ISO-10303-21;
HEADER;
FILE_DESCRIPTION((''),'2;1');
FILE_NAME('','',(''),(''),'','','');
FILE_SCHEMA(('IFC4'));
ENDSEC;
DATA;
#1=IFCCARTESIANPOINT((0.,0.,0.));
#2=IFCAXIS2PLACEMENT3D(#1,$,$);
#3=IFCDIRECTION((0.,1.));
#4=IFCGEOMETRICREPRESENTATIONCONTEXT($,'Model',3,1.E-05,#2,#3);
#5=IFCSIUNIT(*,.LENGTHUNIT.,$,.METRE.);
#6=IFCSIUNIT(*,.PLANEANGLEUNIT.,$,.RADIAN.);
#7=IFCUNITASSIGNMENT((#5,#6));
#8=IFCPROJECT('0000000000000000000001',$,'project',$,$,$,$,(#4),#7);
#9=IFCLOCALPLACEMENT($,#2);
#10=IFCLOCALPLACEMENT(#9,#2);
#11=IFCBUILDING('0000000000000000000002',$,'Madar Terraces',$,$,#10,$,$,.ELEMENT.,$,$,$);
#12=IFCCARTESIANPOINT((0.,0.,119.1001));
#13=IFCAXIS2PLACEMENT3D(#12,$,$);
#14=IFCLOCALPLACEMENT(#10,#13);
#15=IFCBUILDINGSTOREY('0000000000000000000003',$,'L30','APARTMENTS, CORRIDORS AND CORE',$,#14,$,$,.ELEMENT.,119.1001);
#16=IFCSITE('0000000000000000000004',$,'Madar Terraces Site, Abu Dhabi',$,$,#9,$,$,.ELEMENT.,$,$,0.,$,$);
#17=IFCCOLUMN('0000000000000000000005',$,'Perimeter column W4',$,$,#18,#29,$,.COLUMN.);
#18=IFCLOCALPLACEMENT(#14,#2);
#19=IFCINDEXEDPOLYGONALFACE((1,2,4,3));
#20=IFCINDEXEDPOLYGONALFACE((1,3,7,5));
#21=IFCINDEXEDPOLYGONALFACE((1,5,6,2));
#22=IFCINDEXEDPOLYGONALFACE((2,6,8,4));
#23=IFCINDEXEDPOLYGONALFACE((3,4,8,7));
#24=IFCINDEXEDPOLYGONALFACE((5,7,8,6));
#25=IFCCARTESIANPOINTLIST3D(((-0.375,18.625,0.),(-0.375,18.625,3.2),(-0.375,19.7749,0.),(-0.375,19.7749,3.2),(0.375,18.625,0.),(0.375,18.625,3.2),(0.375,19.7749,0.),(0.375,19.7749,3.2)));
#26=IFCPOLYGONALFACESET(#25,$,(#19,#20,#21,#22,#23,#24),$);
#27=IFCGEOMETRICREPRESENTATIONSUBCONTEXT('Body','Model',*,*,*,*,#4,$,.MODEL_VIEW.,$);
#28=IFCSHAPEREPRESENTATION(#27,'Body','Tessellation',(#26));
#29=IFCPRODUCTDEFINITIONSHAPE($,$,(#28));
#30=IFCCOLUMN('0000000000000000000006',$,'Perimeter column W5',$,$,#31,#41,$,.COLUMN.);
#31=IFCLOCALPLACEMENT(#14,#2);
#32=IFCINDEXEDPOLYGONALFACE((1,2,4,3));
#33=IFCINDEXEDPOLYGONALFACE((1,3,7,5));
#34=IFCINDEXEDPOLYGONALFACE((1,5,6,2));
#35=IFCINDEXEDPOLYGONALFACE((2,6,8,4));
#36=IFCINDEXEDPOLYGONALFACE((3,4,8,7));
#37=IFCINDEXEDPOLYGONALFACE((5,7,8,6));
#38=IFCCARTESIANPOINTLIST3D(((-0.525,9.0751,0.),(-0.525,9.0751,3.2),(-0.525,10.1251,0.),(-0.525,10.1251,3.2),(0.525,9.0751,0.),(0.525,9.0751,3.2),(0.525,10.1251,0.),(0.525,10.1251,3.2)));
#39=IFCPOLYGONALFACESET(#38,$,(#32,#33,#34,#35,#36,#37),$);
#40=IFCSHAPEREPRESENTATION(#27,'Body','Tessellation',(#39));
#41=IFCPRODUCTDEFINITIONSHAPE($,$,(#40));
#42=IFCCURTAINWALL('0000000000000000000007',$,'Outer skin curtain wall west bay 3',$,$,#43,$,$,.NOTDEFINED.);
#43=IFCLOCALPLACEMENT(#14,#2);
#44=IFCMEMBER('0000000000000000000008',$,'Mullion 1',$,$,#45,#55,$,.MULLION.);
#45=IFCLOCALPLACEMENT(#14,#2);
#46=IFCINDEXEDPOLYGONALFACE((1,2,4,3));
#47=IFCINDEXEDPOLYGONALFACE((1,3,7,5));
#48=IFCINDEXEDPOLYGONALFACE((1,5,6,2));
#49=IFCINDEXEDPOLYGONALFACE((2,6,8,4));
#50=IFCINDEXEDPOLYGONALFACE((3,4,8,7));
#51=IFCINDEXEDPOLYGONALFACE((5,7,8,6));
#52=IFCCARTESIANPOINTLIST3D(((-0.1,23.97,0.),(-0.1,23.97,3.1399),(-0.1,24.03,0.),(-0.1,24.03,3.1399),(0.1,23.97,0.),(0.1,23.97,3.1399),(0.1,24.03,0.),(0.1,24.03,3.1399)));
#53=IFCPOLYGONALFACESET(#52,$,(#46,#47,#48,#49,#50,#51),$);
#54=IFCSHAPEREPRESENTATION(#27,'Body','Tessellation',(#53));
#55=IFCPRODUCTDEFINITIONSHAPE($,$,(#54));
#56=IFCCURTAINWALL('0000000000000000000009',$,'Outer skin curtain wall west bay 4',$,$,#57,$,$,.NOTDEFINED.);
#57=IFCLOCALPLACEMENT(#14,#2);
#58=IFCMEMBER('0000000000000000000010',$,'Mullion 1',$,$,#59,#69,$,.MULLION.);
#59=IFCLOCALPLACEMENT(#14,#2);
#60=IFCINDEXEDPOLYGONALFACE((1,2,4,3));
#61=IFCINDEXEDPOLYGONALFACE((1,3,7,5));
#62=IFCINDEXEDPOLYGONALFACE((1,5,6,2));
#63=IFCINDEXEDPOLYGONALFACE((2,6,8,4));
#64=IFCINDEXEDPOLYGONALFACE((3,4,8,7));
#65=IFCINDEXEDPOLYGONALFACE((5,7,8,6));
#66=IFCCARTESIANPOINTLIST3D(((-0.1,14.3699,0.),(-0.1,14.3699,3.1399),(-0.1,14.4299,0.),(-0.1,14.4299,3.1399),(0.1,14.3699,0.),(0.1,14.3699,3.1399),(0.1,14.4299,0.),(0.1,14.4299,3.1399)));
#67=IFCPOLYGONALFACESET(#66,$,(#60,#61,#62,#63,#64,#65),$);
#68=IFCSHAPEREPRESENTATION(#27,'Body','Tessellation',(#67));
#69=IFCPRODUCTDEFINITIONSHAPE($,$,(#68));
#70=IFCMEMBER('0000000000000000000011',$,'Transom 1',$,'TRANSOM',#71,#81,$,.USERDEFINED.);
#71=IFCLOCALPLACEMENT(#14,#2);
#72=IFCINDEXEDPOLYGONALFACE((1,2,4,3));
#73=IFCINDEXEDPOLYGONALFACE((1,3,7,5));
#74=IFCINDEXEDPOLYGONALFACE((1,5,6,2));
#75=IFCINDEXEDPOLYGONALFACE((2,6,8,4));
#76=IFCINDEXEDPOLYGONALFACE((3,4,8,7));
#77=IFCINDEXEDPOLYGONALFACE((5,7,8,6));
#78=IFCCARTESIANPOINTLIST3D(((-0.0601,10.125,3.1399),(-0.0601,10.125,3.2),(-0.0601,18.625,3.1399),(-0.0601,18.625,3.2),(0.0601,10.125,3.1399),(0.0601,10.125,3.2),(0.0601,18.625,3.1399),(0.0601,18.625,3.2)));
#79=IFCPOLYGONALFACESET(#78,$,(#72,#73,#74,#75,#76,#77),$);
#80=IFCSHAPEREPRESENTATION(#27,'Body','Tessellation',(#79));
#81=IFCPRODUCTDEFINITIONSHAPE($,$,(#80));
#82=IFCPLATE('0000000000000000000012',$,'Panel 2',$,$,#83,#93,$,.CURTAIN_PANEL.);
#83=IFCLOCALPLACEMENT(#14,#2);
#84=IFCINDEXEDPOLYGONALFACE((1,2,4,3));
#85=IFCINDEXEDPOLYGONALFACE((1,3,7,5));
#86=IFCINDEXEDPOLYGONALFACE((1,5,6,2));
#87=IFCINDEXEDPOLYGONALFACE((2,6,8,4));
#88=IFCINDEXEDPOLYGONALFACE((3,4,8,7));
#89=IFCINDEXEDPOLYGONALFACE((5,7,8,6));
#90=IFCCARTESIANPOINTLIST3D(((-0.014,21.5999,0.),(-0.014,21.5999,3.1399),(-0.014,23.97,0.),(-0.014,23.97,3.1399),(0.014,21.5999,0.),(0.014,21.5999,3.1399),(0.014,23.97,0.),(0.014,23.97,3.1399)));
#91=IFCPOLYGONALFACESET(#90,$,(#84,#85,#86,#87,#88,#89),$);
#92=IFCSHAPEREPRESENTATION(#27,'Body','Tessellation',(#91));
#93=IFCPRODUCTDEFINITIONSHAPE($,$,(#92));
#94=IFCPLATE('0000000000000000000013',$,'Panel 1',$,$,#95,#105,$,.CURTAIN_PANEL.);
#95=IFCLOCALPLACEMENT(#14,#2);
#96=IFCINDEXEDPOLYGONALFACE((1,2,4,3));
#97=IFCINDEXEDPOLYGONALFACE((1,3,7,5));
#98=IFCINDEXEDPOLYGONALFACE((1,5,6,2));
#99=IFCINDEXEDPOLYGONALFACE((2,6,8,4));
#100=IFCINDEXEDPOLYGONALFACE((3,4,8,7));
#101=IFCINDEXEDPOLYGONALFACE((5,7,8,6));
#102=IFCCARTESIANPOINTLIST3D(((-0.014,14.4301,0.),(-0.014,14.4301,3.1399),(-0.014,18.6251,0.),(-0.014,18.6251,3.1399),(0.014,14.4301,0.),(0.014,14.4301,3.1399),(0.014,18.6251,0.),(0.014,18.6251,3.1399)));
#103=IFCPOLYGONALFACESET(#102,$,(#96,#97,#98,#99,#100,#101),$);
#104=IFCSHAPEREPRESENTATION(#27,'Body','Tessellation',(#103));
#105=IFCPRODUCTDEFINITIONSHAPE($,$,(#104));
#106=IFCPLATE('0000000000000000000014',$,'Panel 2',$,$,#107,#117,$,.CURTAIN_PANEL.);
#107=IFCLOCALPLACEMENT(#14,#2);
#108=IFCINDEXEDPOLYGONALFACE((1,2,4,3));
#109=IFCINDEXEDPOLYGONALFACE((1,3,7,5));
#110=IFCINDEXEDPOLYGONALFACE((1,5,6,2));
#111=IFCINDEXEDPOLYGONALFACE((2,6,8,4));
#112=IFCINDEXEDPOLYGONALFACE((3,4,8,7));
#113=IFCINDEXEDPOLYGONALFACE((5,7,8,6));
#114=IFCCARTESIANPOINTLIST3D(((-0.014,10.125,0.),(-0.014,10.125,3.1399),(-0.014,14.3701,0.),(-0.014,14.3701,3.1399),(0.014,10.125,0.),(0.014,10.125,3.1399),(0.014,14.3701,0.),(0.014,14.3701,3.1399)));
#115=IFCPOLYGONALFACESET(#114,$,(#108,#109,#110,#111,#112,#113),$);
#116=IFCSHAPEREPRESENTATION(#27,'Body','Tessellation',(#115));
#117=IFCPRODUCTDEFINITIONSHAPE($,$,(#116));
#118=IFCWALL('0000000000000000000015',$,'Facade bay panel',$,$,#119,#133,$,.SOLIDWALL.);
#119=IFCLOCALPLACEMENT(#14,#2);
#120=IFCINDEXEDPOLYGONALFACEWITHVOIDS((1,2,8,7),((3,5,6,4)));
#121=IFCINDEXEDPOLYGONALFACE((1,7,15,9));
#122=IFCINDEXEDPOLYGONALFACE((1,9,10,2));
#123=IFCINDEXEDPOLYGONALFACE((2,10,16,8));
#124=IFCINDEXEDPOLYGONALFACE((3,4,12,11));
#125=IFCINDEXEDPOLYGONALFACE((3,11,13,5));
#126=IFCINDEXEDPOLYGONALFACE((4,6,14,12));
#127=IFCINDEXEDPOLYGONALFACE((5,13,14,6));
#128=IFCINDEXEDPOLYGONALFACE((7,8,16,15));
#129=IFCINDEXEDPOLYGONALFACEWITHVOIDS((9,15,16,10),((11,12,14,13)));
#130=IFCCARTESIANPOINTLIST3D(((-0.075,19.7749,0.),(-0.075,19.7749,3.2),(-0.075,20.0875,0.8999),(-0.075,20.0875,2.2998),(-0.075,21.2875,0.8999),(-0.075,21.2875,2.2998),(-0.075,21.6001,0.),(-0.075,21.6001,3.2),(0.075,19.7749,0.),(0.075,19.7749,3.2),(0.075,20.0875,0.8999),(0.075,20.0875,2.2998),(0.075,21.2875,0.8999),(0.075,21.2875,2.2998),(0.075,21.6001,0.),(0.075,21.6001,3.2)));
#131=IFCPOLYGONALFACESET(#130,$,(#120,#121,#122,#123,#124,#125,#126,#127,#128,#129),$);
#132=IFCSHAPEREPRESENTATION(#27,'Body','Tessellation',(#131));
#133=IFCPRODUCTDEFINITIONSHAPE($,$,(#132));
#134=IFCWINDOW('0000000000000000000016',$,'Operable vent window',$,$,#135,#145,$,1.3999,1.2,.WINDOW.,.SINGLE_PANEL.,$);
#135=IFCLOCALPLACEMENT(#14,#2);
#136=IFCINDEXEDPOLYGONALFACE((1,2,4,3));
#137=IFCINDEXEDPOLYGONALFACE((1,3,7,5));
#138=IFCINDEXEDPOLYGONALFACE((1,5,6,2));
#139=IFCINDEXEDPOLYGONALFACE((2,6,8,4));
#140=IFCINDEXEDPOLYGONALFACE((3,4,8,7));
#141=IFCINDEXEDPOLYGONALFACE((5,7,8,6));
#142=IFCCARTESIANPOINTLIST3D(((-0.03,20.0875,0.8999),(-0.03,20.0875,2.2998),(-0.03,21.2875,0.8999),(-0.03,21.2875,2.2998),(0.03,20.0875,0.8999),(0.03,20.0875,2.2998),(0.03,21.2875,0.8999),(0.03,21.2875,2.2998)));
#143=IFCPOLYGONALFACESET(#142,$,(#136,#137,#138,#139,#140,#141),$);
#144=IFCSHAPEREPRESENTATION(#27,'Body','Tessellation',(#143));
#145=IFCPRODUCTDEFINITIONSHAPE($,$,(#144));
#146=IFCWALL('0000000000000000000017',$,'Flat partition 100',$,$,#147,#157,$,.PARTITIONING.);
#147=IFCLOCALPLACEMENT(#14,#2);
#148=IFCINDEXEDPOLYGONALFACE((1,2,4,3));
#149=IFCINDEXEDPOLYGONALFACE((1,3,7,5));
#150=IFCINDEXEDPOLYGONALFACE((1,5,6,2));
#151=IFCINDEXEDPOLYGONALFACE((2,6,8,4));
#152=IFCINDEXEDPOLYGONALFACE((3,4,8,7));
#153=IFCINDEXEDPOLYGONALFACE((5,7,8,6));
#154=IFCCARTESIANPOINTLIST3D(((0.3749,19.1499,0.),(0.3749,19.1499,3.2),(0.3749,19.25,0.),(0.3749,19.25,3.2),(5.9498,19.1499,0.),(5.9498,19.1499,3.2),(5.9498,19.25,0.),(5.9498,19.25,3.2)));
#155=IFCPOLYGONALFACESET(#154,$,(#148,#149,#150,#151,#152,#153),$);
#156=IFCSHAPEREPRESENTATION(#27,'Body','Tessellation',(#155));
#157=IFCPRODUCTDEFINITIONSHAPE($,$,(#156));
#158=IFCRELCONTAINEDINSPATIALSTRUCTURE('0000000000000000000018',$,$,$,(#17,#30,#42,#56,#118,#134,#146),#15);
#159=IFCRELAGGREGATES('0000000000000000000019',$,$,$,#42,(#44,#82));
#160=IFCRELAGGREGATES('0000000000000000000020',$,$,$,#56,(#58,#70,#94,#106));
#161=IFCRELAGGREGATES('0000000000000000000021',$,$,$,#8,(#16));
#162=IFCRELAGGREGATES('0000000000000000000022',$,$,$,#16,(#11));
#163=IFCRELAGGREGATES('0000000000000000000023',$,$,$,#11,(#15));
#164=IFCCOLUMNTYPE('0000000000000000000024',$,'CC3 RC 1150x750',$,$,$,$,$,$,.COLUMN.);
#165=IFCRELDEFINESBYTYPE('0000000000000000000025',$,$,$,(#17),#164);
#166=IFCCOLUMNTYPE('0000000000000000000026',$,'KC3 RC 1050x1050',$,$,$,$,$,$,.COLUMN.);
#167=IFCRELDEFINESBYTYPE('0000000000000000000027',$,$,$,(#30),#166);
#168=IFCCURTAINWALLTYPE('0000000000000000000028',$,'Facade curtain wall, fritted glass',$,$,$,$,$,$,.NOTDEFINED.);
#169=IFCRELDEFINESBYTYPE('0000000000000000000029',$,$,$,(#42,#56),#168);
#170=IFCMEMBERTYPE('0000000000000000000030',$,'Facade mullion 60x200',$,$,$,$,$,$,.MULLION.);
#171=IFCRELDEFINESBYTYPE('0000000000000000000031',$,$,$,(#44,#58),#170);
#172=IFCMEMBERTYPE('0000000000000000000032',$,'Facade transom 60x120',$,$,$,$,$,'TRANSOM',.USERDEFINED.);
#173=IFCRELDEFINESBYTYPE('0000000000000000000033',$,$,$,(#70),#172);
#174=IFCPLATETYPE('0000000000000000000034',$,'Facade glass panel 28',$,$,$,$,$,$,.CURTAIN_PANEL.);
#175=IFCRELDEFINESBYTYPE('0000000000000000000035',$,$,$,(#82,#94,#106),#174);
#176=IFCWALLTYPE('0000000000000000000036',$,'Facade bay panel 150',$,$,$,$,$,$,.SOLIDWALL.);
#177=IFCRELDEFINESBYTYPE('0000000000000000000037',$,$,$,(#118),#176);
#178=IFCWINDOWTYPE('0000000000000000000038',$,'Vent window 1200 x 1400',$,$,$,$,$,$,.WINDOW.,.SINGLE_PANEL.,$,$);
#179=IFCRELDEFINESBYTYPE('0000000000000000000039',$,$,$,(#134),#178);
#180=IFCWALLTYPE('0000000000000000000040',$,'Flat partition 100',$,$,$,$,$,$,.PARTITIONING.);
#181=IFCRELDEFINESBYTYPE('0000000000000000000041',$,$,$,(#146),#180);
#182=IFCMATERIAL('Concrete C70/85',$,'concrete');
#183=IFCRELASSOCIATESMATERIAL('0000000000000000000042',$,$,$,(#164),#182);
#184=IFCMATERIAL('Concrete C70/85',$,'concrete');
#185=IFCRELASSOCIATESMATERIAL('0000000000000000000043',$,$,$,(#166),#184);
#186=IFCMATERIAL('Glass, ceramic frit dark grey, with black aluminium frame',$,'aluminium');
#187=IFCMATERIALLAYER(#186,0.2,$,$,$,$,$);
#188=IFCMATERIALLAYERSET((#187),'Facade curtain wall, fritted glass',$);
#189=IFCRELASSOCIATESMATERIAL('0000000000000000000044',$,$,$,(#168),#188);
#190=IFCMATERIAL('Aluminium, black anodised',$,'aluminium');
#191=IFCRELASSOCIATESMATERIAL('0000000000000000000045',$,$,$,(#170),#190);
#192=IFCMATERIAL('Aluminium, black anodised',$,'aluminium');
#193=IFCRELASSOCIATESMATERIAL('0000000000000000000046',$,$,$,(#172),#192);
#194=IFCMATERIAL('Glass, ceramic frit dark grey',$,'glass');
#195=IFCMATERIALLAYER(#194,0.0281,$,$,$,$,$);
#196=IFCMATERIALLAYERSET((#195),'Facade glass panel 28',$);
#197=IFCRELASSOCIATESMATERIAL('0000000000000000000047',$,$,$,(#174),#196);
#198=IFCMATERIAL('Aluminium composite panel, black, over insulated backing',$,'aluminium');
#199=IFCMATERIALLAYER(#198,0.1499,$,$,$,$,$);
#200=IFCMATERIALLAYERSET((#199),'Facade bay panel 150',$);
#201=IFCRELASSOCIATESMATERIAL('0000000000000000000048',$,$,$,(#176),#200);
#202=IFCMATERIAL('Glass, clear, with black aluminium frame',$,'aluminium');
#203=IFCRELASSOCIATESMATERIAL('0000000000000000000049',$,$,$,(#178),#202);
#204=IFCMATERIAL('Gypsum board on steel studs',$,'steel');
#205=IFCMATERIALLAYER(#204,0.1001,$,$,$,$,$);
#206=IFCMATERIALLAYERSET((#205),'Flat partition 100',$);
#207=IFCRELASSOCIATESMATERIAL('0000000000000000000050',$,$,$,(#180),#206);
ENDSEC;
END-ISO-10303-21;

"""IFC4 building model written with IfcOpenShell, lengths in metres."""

from ifc_helpers import new_model, si_unit, direction, frame, frame_2d, origin, origin_2d, place, context, subcontext, project, spatial, rectangle, extrude, material, layer, layer_set, material_profile, profile_set, type_object, element, fill, aggregate, save


model = new_model("IFC4")

# Units and contexts
model_context = context("Model", 3, precision=1e-05, world=origin(), true_north=direction((0.0, 1.0)))
body_context = subcontext(model_context, "Body", "Model", "MODEL_VIEW")
ifc_project = project(units=[si_unit("LENGTHUNIT", "METRE"), si_unit("PLANEANGLEUNIT", "RADIAN")], contexts=[model_context])

# Site, building, storey
site_placement = place(None, origin())
site = spatial("IfcSite", under=ifc_project, at=site_placement, Name="Madar Terraces Site, Abu Dhabi", CompositionType="ELEMENT", RefElevation=0.0)
building_placement = place(site_placement, origin())
building = spatial("IfcBuilding", under=site, at=building_placement, Name="Madar Terraces", CompositionType="ELEMENT")
storey_placement = place(building_placement, frame((0.0, 0.0, 119.1001)))
storey = spatial("IfcBuildingStorey", under=building, at=storey_placement, Name="L30", Description="APARTMENTS, CORRIDORS AND CORE", CompositionType="ELEMENT", Elevation=119.1001)

# Columns
ifc_material_1 = material(Name="Concrete C70/85", Category="concrete")
ifc_material_profile_1 = material_profile(ifc_material_1, rectangle(XDim=1.1499, YDim=0.75, at=origin_2d()), Name="CC3 RC 1150x750")
ifc_profile_set_1 = profile_set([ifc_material_profile_1], Name="Concrete C70/85")
column_type_1 = type_object("IfcColumnType", Name="CC3 RC 1150x750", PredefinedType="COLUMN", material=ifc_profile_set_1)
column_1_placement = place(storey_placement, frame((0.0, 19.2, 0.0), z_axis=(0.0, 0.0, 1.0), x_axis=(0.0, 1.0, 0.0)))
element("IfcColumn", 1, at=column_1_placement, inside=storey, type_object=column_type_1, Name="Perimeter column W4", PredefinedType="COLUMN", context=body_context, shape_type="SweptSolid", body=[
    extrude(rectangle(XDim=1.1499, YDim=0.75, at=origin_2d()), origin(), (0.0, 0.0, 1.0), 3.2),
])
ifc_material_2 = material(Name="Concrete C70/85", Category="concrete")
ifc_material_profile_2 = material_profile(ifc_material_2, rectangle(XDim=1.05, YDim=1.05, at=origin_2d()), Name="KC3 RC 1050x1050")
ifc_profile_set_2 = profile_set([ifc_material_profile_2], Name="Concrete C70/85")
column_type_2 = type_object("IfcColumnType", Name="KC3 RC 1050x1050", PredefinedType="COLUMN", material=ifc_profile_set_2)
column_2_placement = place(storey_placement, frame((0.0, 9.6001, 0.0), z_axis=(0.0, 0.0, 1.0), x_axis=(1.0, 0.0, 0.0)))
element("IfcColumn", 2, at=column_2_placement, inside=storey, type_object=column_type_2, Name="Perimeter column W5", PredefinedType="COLUMN", context=body_context, shape_type="SweptSolid", body=[
    extrude(rectangle(XDim=1.05, YDim=1.05, at=origin_2d()), origin(), (0.0, 0.0, 1.0), 3.2),
])

# Curtain wall, member
ifc_material_3 = material(Name="Glass, ceramic frit dark grey, with black aluminium frame", Category="aluminium")
ifc_layer_1 = layer(ifc_material_3, 0.2)
ifc_layer_set_1 = layer_set([ifc_layer_1], Name="Facade curtain wall, fritted glass")
curtain_wall_type = type_object("IfcCurtainWallType", Name="Facade curtain wall, fritted glass", PredefinedType="NOTDEFINED", material=ifc_layer_set_1)
curtain_wall_1_placement = place(storey_placement, origin())
curtain_wall_1 = element("IfcCurtainWall", 3, at=curtain_wall_1_placement, inside=storey, type_object=curtain_wall_type, Name="Outer skin curtain wall west bay 3", PredefinedType="NOTDEFINED")
ifc_material_4 = material(Name="Aluminium, black anodised", Category="aluminium")
ifc_material_profile_3 = material_profile(ifc_material_4, rectangle(XDim=0.2, YDim=0.0601, at=origin_2d()), Name="Facade mullion 60x200")
ifc_profile_set_3 = profile_set([ifc_material_profile_3], Name="Aluminium, black anodised")
member_type_1 = type_object("IfcMemberType", Name="Facade mullion 60x200", PredefinedType="MULLION", material=ifc_profile_set_3)
member_1_placement = place(storey_placement, frame((0.0, 24.0, 0.0), z_axis=(0.0, 0.0, 1.0), x_axis=(1.0, 0.0, 0.0)))
member_1 = element("IfcMember", 4, at=member_1_placement, type_object=member_type_1, Name="Mullion 1", PredefinedType="MULLION", context=body_context, shape_type="SweptSolid", body=[
    extrude(rectangle(XDim=0.2, YDim=0.0601, at=origin_2d()), origin(), (0.0, 0.0, 1.0), 3.1399),
])

# Curtain wall, members
curtain_wall_2_placement = place(storey_placement, origin())
curtain_wall_2 = element("IfcCurtainWall", 5, at=curtain_wall_2_placement, inside=storey, type_object=curtain_wall_type, Name="Outer skin curtain wall west bay 4", PredefinedType="NOTDEFINED")
member_2_placement = place(storey_placement, frame((0.0, 14.3999, 0.0), z_axis=(0.0, 0.0, 1.0), x_axis=(1.0, 0.0, 0.0)))
member_2 = element("IfcMember", 6, at=member_2_placement, type_object=member_type_1, Name="Mullion 1", PredefinedType="MULLION", context=body_context, shape_type="SweptSolid", body=[
    extrude(rectangle(XDim=0.2, YDim=0.0601, at=origin_2d()), origin(), (0.0, 0.0, 1.0), 3.1399),
])
ifc_material_5 = material(Name="Aluminium, black anodised", Category="aluminium")
ifc_material_profile_4 = material_profile(ifc_material_5, rectangle(XDim=0.1201, YDim=0.0601, at=origin_2d()), Name="Facade transom 60x120")
ifc_profile_set_4 = profile_set([ifc_material_profile_4], Name="Aluminium, black anodised")
member_type_2 = type_object("IfcMemberType", Name="Facade transom 60x120", ElementType="TRANSOM", PredefinedType="USERDEFINED", material=ifc_profile_set_4)
member_3_placement = place(storey_placement, frame((0.0, 18.625, 3.1699), z_axis=(0.0, -1.0, 0.0), x_axis=(1.0, 0.0, 0.0)))
member_3 = element("IfcMember", 7, at=member_3_placement, type_object=member_type_2, Name="Transom 1", ObjectType="TRANSOM", PredefinedType="USERDEFINED", context=body_context, shape_type="SweptSolid", body=[
    extrude(rectangle(XDim=0.1201, YDim=0.0601, at=origin_2d()), origin(), (0.0, 0.0, 1.0), 8.5),
])

# Plates
ifc_material_6 = material(Name="Glass, ceramic frit dark grey", Category="glass")
ifc_layer_2 = layer(ifc_material_6, 0.0281)
ifc_layer_set_2 = layer_set([ifc_layer_2], Name="Facade glass panel 28")
plate_type = type_object("IfcPlateType", Name="Facade glass panel 28", PredefinedType="CURTAIN_PANEL", material=ifc_layer_set_2)
plate_1_placement = place(storey_placement, frame((0.0, 22.7849, 0.0), z_axis=(0.0, 0.0, 1.0), x_axis=(0.0, -1.0, 0.0)))
plate_1 = element("IfcPlate", 8, at=plate_1_placement, type_object=plate_type, Name="Panel 2", PredefinedType="CURTAIN_PANEL", context=body_context, shape_type="SweptSolid", body=[
    extrude(rectangle(XDim=2.3701, YDim=0.0281, at=origin_2d()), origin(), (0.0, 0.0, 1.0), 3.1399),
])
aggregate(curtain_wall_1, [member_1, plate_1])
plate_2_placement = place(storey_placement, frame((0.0, 16.5276, 0.0), z_axis=(0.0, 0.0, 1.0), x_axis=(0.0, -1.0, 0.0)))
plate_2 = element("IfcPlate", 9, at=plate_2_placement, type_object=plate_type, Name="Panel 1", PredefinedType="CURTAIN_PANEL", context=body_context, shape_type="SweptSolid", body=[
    extrude(rectangle(XDim=4.1951, YDim=0.0281, at=origin_2d()), origin(), (0.0, 0.0, 1.0), 3.1399),
])
plate_3_placement = place(storey_placement, frame((0.0, 12.2476, 0.0), z_axis=(0.0, 0.0, 1.0), x_axis=(0.0, -1.0, 0.0)))
plate_3 = element("IfcPlate", 10, at=plate_3_placement, type_object=plate_type, Name="Panel 2", PredefinedType="CURTAIN_PANEL", context=body_context, shape_type="SweptSolid", body=[
    extrude(rectangle(XDim=4.2451, YDim=0.0281, at=origin_2d()), origin(), (0.0, 0.0, 1.0), 3.1399),
])
aggregate(curtain_wall_2, [member_2, member_3, plate_2, plate_3])

# Wall, opening, window
ifc_material_7 = material(Name="Aluminium composite panel, black, over insulated backing", Category="aluminium")
ifc_layer_3 = layer(ifc_material_7, 0.1499)
ifc_layer_set_3 = layer_set([ifc_layer_3], Name="Facade bay panel 150")
wall_type_1 = type_object("IfcWallType", Name="Facade bay panel 150", PredefinedType="SOLIDWALL", material=ifc_layer_set_3)
wall_1_placement = place(storey_placement, frame((0.0, 21.6001, 0.0), z_axis=(0.0, 0.0, 1.0), x_axis=(0.0, -1.0, 0.0)))
wall_1 = element("IfcWall", 11, at=wall_1_placement, inside=storey, type_object=wall_type_1, Name="Facade bay panel", PredefinedType="SOLIDWALL", context=body_context, shape_type="SweptSolid", body=[
    extrude(rectangle(XDim=1.8252, YDim=0.1499, at=frame_2d((0.9126, 0.0))), origin(), (0.0, 0.0, 1.0), 3.2),
])
opening_1_placement = place(wall_1_placement, frame((0.3125, 0.0, 0.8999)))
opening_1 = element("IfcOpeningElement", 12, at=opening_1_placement, cuts=wall_1, PredefinedType="OPENING", context=body_context, shape_type="SweptSolid", body=[
    extrude(rectangle(XDim=1.2, YDim=1.3999, at=frame_2d((0.6001, 0.7))), frame((0.0, 0.085, 0.0), z_axis=(0.0, -1.0, 0.0), x_axis=(1.0, 0.0, 0.0)), (0.0, 0.0, 1.0), 0.1699),
])
ifc_material_8 = material(Name="Glass, clear, with black aluminium frame", Category="aluminium")
window_type = type_object("IfcWindowType", Name="Vent window 1200 x 1400", PartitioningType="SINGLE_PANEL", PredefinedType="WINDOW", material=ifc_material_8)
window_placement = place(opening_1_placement, origin())
window = element("IfcWindow", 13, at=window_placement, inside=storey, type_object=window_type, Name="Operable vent window", OverallHeight=1.3999, OverallWidth=1.2, PartitioningType="SINGLE_PANEL", PredefinedType="WINDOW", context=body_context, shape_type="SweptSolid", body=[
    extrude(rectangle(XDim=1.2, YDim=1.3999, at=frame_2d((0.6001, 0.7))), frame((0.0, 0.03, 0.0), z_axis=(0.0, -1.0, 0.0), x_axis=(1.0, 0.0, 0.0)), (0.0, 0.0, 1.0), 0.0601),
])
fill(opening_1, window)

# Wall
ifc_material_9 = material(Name="Gypsum board on steel studs", Category="steel")
ifc_layer_4 = layer(ifc_material_9, 0.1001)
ifc_layer_set_4 = layer_set([ifc_layer_4], Name="Flat partition 100")
wall_type_2 = type_object("IfcWallType", Name="Flat partition 100", PredefinedType="PARTITIONING", material=ifc_layer_set_4)
wall_2_placement = place(storey_placement, frame((5.95, 19.2, 0.0), z_axis=(0.0, 0.0, 1.0), x_axis=(-1.0, 0.0, 0.0)))
element("IfcWall", 14, at=wall_2_placement, inside=storey, type_object=wall_type_2, Name="Flat partition 100", PredefinedType="PARTITIONING", context=body_context, shape_type="SweptSolid", body=[
    extrude(rectangle(XDim=5.575, YDim=0.1001, at=frame_2d((2.7876, 0.0))), origin(), (0.0, 0.0, 1.0), 3.2),
])

save(model, "model.ifc")
